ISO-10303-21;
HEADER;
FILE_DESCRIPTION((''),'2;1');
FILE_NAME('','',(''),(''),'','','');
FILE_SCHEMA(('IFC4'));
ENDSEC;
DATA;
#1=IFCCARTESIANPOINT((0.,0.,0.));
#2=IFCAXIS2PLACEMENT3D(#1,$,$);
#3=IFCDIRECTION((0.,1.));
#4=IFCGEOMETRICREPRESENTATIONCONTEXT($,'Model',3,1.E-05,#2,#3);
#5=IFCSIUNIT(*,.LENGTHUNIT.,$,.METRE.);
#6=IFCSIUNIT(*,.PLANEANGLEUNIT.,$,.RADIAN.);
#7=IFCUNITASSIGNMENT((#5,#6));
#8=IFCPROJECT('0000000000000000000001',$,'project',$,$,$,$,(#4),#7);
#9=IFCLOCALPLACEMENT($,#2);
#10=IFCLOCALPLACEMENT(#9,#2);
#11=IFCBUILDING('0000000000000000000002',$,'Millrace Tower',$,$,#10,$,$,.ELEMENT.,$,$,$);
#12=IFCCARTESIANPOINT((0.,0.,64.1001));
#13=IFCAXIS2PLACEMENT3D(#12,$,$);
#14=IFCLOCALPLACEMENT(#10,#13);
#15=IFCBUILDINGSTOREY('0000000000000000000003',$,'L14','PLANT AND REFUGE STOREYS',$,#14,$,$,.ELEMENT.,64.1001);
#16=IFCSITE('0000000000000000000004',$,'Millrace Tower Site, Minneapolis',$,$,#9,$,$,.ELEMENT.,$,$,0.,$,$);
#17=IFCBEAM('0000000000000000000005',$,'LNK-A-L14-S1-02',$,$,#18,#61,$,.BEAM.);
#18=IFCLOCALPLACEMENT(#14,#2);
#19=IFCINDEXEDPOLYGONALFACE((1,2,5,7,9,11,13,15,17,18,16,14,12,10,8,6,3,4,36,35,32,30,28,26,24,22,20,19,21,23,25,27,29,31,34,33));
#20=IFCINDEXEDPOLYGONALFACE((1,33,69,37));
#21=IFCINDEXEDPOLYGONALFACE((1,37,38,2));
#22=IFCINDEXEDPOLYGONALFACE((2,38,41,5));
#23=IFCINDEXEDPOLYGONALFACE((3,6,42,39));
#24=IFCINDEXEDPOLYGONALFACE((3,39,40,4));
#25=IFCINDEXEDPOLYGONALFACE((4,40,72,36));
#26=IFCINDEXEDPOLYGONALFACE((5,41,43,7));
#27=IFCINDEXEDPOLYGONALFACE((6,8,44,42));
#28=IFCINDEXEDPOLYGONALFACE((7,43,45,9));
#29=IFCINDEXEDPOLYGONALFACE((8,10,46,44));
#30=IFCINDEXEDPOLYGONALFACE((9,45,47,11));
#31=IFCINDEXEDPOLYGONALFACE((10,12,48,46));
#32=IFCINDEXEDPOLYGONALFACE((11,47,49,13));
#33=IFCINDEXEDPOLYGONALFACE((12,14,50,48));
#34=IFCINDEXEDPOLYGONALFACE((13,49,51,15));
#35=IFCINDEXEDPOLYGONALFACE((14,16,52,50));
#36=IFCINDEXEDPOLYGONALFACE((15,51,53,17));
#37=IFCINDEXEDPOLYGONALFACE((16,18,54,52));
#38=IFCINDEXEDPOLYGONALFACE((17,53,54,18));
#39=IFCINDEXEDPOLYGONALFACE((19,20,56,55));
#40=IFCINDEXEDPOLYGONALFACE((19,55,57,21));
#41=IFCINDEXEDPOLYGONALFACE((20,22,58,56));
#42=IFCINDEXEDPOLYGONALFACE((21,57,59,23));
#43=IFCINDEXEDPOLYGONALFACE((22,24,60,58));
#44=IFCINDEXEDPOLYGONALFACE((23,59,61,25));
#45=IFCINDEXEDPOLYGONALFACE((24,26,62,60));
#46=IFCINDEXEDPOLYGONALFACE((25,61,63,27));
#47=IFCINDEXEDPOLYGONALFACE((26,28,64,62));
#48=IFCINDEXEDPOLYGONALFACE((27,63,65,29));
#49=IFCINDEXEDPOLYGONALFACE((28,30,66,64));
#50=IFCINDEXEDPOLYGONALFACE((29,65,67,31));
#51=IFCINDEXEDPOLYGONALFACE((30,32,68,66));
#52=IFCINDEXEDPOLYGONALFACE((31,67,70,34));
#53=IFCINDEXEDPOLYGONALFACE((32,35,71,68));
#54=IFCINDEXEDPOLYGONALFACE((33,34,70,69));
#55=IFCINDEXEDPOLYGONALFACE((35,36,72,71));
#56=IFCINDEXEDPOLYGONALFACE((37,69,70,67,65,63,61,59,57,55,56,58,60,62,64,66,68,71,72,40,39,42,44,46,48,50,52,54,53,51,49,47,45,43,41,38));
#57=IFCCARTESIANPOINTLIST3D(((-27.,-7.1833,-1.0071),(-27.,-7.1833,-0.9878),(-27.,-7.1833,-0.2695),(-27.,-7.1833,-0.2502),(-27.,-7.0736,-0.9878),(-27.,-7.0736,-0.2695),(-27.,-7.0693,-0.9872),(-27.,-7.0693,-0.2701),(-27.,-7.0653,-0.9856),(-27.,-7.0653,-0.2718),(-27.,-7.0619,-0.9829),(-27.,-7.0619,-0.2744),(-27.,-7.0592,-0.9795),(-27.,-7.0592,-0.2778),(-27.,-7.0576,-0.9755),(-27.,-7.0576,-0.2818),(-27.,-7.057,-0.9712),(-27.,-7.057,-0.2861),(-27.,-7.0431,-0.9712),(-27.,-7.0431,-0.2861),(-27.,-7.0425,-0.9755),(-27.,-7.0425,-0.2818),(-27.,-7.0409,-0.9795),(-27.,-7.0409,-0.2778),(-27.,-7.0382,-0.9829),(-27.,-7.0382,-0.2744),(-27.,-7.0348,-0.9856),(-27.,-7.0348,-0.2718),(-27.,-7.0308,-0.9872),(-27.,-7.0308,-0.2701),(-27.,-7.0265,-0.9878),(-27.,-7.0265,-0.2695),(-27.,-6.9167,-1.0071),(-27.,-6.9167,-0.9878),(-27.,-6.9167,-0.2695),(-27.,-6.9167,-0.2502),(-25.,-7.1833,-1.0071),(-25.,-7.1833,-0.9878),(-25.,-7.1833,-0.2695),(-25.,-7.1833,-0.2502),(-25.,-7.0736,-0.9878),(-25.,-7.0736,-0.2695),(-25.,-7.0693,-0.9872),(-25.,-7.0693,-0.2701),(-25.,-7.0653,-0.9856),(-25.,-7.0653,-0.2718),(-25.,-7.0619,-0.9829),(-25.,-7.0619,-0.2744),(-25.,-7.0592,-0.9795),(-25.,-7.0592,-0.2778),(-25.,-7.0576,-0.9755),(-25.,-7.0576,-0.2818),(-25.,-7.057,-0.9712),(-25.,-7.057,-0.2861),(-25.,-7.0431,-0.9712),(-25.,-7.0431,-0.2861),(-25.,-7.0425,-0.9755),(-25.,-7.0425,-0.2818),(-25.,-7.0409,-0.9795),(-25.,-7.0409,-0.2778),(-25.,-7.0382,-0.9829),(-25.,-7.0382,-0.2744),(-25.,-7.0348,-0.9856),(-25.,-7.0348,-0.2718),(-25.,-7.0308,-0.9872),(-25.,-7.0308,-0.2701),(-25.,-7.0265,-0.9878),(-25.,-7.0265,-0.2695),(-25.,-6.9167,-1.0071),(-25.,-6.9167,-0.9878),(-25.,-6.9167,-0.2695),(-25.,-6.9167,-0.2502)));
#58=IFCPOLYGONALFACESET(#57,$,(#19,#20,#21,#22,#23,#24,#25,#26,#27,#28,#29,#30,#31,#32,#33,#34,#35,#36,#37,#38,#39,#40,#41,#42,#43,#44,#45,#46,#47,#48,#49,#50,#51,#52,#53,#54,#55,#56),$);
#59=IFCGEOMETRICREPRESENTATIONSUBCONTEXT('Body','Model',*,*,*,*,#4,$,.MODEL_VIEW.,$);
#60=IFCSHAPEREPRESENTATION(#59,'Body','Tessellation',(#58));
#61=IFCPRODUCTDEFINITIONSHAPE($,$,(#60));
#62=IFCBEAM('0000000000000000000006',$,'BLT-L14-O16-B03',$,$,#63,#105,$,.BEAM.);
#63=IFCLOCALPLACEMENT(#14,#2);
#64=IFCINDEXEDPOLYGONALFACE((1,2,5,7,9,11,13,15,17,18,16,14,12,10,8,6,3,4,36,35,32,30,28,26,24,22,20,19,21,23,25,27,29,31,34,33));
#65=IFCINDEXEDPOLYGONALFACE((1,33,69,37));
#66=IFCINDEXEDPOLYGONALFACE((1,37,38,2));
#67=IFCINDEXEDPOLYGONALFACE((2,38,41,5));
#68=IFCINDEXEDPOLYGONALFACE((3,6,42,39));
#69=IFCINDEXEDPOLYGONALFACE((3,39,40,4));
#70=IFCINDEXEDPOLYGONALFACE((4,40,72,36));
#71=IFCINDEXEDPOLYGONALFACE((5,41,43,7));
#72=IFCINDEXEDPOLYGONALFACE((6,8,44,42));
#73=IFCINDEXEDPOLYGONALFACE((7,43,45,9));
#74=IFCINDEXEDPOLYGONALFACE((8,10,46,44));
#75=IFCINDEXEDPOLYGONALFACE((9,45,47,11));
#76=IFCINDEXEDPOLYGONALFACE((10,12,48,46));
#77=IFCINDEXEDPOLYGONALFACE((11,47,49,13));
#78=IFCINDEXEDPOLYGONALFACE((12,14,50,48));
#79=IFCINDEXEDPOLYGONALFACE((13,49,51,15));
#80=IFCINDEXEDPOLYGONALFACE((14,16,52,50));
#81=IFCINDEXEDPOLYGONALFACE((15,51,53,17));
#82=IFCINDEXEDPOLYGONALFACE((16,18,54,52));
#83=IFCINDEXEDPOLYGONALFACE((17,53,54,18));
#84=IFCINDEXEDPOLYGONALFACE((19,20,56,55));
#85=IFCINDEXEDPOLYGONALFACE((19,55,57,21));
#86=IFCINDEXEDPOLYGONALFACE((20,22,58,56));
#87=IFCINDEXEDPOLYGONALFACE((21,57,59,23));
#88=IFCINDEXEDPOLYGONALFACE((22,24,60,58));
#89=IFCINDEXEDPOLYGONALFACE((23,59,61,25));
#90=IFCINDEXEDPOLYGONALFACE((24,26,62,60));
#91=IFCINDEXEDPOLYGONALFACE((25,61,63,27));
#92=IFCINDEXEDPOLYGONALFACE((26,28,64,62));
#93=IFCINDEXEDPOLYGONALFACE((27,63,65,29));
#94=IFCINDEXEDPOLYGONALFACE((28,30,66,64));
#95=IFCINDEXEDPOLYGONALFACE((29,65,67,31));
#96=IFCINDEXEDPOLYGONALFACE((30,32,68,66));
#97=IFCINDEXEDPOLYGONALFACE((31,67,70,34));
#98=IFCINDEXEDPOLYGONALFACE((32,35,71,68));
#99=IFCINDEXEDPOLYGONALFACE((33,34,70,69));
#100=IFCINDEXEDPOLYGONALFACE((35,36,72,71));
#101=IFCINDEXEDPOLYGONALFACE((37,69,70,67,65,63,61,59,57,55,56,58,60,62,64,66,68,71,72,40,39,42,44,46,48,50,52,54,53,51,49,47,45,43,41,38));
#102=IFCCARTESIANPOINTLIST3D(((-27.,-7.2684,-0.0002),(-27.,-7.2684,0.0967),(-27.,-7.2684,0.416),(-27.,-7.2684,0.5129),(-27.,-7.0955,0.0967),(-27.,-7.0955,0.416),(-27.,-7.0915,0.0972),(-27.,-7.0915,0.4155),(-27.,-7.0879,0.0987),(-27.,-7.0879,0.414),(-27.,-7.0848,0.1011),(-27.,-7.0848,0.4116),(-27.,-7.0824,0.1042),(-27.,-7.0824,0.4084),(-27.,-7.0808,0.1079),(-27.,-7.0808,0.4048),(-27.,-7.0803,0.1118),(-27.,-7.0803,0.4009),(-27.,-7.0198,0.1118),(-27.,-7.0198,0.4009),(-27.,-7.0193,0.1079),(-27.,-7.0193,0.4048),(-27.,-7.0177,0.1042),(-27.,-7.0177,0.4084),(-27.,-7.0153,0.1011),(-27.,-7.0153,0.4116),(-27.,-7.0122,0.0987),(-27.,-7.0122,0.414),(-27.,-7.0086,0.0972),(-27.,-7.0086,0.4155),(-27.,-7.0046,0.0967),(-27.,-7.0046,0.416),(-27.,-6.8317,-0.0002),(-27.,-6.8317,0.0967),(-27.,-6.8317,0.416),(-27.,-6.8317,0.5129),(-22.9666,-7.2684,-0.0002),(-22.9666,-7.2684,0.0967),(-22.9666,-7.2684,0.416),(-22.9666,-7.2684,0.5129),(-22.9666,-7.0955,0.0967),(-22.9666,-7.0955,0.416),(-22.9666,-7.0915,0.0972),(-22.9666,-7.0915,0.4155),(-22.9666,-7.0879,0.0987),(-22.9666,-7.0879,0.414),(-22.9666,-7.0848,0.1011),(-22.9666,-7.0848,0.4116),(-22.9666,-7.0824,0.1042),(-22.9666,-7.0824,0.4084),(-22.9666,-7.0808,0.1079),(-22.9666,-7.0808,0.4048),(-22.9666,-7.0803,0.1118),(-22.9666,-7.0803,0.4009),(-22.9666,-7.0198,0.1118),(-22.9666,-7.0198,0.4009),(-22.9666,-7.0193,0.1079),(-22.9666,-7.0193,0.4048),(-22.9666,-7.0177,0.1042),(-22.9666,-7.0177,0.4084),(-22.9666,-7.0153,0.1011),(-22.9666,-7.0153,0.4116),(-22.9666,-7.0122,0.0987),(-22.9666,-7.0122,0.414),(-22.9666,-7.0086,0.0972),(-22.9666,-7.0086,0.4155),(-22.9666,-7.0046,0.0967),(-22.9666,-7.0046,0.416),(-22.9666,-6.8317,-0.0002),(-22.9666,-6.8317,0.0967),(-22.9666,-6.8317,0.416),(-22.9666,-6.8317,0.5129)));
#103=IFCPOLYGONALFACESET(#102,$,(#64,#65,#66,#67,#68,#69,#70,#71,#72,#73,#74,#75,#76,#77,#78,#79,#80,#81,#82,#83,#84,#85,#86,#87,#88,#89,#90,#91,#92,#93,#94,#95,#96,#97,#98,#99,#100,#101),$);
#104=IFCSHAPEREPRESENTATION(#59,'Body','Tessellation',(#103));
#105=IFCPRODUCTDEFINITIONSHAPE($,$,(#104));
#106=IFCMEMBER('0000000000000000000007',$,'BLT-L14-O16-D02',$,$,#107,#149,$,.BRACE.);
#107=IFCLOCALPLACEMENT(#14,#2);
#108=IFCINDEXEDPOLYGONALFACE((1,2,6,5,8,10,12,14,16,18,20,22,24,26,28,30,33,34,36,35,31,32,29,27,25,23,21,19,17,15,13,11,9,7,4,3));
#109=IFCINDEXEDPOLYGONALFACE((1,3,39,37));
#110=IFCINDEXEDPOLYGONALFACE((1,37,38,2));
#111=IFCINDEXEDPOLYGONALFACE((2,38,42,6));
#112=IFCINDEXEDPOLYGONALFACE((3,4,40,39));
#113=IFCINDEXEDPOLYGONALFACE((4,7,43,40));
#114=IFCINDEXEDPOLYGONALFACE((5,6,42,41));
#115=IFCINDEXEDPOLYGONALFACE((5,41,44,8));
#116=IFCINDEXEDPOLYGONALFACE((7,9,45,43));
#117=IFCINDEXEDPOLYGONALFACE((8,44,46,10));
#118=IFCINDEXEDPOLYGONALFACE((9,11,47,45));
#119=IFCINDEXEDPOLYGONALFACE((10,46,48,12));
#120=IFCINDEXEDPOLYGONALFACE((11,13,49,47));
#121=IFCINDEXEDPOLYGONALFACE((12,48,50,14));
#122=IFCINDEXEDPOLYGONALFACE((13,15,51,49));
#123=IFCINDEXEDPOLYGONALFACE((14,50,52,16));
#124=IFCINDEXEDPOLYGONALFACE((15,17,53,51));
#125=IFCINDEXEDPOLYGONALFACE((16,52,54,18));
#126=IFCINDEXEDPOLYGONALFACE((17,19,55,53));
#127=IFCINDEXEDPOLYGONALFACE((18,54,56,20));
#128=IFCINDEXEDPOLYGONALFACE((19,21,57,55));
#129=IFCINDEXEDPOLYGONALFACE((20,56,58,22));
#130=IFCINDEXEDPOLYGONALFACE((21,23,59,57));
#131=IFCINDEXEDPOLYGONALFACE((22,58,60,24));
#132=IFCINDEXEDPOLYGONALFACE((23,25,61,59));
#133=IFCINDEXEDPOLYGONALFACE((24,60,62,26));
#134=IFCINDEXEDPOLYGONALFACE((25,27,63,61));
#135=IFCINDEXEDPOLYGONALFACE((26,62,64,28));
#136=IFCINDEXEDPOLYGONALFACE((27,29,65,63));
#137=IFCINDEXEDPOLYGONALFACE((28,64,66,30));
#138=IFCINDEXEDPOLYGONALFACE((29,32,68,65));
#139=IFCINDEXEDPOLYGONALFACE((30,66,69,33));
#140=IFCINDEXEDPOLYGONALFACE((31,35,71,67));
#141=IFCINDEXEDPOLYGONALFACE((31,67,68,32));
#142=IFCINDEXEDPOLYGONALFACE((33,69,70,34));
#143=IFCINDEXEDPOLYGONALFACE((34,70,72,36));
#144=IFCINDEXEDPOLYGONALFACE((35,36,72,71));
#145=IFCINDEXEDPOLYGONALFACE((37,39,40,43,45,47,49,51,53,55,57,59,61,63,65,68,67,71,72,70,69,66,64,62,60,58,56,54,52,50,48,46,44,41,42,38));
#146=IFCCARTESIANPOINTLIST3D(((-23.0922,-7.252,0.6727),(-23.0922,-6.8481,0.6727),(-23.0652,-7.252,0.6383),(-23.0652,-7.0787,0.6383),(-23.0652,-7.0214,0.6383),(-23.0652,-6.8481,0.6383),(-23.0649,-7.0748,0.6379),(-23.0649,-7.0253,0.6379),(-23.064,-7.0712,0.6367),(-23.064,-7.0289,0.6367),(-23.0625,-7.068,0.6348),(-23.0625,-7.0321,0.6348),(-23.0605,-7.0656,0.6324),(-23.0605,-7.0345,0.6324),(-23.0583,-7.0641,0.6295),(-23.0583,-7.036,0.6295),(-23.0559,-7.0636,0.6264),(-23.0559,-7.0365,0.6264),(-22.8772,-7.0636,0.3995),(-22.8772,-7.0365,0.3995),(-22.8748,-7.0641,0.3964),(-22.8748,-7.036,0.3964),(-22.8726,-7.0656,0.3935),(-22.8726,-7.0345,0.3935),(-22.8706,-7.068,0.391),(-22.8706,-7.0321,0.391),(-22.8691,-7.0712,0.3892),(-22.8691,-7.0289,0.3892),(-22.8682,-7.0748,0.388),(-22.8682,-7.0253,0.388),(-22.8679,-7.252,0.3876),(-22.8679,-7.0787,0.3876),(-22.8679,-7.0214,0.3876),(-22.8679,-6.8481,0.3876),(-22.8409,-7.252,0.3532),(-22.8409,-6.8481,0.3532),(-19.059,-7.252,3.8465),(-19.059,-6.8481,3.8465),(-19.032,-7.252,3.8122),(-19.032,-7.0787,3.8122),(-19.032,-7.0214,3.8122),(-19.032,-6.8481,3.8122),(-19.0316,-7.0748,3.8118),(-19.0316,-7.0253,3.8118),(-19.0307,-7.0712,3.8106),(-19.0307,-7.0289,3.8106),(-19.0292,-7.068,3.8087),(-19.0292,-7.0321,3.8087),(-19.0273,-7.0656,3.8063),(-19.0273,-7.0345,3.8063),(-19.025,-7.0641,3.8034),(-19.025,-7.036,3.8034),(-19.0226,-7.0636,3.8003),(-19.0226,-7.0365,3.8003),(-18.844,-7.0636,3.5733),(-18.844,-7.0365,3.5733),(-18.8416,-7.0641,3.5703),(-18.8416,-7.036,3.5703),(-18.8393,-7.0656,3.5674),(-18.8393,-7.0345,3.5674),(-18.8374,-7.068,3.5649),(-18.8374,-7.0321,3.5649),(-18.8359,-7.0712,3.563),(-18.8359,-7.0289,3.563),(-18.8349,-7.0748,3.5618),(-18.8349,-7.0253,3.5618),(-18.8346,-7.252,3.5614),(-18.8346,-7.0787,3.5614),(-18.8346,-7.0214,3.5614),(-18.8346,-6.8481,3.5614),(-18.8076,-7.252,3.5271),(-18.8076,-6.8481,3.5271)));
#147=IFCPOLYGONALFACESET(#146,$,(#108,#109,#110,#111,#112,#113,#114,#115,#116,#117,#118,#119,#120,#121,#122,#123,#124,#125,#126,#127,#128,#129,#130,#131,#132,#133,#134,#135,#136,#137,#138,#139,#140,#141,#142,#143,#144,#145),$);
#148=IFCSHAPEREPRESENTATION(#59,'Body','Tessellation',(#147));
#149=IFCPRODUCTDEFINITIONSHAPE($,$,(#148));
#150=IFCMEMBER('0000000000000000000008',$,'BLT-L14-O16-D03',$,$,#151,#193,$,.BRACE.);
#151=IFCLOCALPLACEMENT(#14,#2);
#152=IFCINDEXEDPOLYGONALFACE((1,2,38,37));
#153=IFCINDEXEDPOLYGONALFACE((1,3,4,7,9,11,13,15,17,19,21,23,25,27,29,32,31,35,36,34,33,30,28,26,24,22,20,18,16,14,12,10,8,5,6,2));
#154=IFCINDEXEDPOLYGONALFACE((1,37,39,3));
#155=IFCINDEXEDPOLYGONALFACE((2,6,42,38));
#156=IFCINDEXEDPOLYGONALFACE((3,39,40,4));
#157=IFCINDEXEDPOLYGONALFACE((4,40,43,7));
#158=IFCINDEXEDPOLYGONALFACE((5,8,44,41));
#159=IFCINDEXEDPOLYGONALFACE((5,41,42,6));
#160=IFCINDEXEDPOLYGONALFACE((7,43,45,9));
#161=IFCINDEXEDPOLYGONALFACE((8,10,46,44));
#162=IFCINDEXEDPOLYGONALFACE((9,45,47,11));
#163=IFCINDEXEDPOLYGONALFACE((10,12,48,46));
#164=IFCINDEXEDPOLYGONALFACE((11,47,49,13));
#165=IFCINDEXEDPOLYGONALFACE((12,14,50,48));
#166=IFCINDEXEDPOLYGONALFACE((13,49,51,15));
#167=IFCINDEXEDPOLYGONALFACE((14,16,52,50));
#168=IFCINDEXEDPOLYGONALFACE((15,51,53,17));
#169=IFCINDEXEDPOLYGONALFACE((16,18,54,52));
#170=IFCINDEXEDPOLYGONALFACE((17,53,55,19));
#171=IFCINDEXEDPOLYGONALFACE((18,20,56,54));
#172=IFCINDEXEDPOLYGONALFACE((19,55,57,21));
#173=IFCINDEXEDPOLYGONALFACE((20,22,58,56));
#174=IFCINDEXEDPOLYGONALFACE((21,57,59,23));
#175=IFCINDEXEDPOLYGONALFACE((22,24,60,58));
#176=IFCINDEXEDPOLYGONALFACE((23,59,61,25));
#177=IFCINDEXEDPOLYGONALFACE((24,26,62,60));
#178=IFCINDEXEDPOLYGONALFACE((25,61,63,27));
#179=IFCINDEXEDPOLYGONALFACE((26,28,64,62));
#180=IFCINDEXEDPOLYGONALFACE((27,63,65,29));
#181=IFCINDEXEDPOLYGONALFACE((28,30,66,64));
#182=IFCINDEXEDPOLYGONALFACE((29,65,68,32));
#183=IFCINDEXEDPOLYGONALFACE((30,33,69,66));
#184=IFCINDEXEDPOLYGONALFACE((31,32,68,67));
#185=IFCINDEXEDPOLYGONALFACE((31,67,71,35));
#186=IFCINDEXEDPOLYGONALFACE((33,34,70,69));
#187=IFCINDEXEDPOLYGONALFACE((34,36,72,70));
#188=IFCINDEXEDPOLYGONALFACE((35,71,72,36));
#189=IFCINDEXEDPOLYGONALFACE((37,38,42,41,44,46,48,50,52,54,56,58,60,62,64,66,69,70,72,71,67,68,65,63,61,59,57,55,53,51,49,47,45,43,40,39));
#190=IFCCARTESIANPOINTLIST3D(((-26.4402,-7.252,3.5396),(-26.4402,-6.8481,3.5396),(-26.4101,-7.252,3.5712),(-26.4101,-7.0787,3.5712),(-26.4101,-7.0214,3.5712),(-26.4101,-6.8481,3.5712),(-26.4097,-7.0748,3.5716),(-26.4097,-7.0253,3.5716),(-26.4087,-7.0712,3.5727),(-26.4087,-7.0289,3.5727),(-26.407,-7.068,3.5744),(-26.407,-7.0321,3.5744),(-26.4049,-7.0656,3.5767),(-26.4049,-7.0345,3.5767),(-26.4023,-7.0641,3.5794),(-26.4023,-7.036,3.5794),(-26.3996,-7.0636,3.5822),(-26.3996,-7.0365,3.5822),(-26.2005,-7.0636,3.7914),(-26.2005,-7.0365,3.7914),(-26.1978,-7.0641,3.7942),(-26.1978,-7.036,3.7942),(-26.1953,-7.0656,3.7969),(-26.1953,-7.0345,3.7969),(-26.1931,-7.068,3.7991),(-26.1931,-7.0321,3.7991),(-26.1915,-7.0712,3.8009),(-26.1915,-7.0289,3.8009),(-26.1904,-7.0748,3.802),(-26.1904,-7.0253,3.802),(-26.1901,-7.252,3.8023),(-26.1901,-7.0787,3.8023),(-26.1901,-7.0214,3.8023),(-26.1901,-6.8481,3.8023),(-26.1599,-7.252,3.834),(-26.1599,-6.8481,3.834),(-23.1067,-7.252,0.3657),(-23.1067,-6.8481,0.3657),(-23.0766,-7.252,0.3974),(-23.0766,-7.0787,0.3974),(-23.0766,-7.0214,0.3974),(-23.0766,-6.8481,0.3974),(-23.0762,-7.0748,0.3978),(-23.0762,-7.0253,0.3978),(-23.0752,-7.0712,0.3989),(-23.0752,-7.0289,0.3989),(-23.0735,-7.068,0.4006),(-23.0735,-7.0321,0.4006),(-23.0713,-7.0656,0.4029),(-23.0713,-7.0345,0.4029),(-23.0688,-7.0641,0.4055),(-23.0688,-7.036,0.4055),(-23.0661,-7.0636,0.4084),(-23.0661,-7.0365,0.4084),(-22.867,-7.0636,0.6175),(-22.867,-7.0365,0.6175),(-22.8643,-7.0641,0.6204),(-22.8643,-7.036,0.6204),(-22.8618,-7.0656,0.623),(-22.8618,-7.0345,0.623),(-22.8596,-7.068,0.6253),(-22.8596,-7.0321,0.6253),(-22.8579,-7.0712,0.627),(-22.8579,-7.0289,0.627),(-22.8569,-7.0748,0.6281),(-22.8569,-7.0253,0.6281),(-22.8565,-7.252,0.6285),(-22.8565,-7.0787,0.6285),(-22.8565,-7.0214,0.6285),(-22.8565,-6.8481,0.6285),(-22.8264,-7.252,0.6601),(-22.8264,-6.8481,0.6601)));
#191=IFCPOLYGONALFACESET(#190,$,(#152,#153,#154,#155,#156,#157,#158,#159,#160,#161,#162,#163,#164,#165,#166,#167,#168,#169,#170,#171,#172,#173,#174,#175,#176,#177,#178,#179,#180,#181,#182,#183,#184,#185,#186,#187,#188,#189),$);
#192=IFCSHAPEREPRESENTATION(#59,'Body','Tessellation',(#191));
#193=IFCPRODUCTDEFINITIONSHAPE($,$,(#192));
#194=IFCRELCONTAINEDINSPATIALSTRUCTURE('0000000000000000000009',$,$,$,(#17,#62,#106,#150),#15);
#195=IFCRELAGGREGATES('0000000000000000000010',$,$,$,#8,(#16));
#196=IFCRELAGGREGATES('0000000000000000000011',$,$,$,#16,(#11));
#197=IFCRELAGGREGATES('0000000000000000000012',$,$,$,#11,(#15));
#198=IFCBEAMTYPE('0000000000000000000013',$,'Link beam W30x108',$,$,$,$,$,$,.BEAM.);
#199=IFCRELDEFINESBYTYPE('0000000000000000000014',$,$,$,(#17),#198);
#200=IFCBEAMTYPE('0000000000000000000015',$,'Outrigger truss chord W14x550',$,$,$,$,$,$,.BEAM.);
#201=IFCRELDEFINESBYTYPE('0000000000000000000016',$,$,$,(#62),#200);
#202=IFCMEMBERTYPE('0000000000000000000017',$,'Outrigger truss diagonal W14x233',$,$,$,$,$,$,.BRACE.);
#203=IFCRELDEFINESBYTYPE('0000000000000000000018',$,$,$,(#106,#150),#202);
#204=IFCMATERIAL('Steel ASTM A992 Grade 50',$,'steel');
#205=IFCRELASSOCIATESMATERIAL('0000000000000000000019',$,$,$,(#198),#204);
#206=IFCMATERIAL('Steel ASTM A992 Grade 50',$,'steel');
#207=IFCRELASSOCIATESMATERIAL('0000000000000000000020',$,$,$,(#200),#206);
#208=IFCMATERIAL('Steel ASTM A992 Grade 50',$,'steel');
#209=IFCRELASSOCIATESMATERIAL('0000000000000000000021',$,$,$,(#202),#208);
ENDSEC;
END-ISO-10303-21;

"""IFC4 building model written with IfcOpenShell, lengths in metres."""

from ifc_helpers import new_model, si_unit, direction, frame, origin, origin_2d, place, context, subcontext, project, spatial, i_section, extrude, material, material_profile, profile_set, type_object, element, save


model = new_model("IFC4")

# Units and contexts
model_context = context("Model", 3, precision=1e-05, world=origin(), true_north=direction((0.0, 1.0)))
body_context = subcontext(model_context, "Body", "Model", "MODEL_VIEW")
ifc_project = project(units=[si_unit("LENGTHUNIT", "METRE"), si_unit("PLANEANGLEUNIT", "RADIAN")], contexts=[model_context])

# Site, building, storey
site_placement = place(None, origin())
site = spatial("IfcSite", under=ifc_project, at=site_placement, Name="Millrace Tower Site, Minneapolis", CompositionType="ELEMENT", RefElevation=0.0)
building_placement = place(site_placement, origin())
building = spatial("IfcBuilding", under=site, at=building_placement, Name="Millrace Tower", CompositionType="ELEMENT")
storey_placement = place(building_placement, frame((0.0, 0.0, 64.1001)))
storey = spatial("IfcBuildingStorey", under=building, at=storey_placement, Name="L14", Description="PLANT AND REFUGE STOREYS", CompositionType="ELEMENT", Elevation=64.1001)

# Beams
ifc_material_1 = material(Name="Steel ASTM A992 Grade 50", Category="steel")
ifc_material_profile_1 = material_profile(ifc_material_1, i_section(OverallWidth=0.2666, OverallDepth=0.7568, WebThickness=0.0139, FlangeThickness=0.0193, FilletRadius=0.0166, at=origin_2d()))
ifc_profile_set_1 = profile_set([ifc_material_profile_1], Name="Steel ASTM A992 Grade 50")
beam_type_1 = type_object("IfcBeamType", Name="Link beam W30x108", PredefinedType="BEAM", material=ifc_profile_set_1)
beam_1_placement = place(storey_placement, frame((-25.0, -7.05, -0.6287), z_axis=(-1.0, 0.0, 0.0), x_axis=(0.0, -1.0, 0.0)))
element("IfcBeam", 1, at=beam_1_placement, inside=storey, type_object=beam_type_1, Name="LNK-A-L14-S1-02", PredefinedType="BEAM", context=body_context, shape_type="SweptSolid", body=[
    extrude(i_section(OverallWidth=0.2666, OverallDepth=0.7568, WebThickness=0.0139, FlangeThickness=0.0193, FilletRadius=0.0166, at=origin_2d()), origin(), (0.0, 0.0, 1.0), 2.0),
])
ifc_material_2 = material(Name="Steel ASTM A992 Grade 50", Category="steel")
ifc_material_profile_2 = material_profile(ifc_material_2, i_section(OverallWidth=0.4368, OverallDepth=0.5132, WebThickness=0.0605, FlangeThickness=0.0969, FilletRadius=0.0151, at=origin_2d()))
ifc_profile_set_2 = profile_set([ifc_material_profile_2], Name="Steel ASTM A992 Grade 50")
beam_type_2 = type_object("IfcBeamType", Name="Outrigger truss chord W14x550", PredefinedType="BEAM", material=ifc_profile_set_2)
beam_2_placement = place(storey_placement, frame((-22.9666, -7.05, 0.2563), z_axis=(-1.0, 0.0, 0.0), x_axis=(0.0, -1.0, 0.0)))
element("IfcBeam", 2, at=beam_2_placement, inside=storey, type_object=beam_type_2, Name="BLT-L14-O16-B03", PredefinedType="BEAM", context=body_context, shape_type="SweptSolid", body=[
    extrude(i_section(OverallWidth=0.4368, OverallDepth=0.5132, WebThickness=0.0605, FlangeThickness=0.0969, FilletRadius=0.0151, at=origin_2d()), origin(), (0.0, 0.0, 1.0), 4.0334),
])

# Members
ifc_material_3 = material(Name="Steel ASTM A992 Grade 50", Category="steel")
ifc_material_profile_3 = material_profile(ifc_material_3, i_section(OverallWidth=0.4038, OverallDepth=0.4065, WebThickness=0.0271, FlangeThickness=0.0437, FilletRadius=0.0151, at=origin_2d()))
ifc_profile_set_3 = profile_set([ifc_material_profile_3], Name="Steel ASTM A992 Grade 50")
member_type_1 = type_object("IfcMemberType", Name="Outrigger truss diagonal W14x233", PredefinedType="BRACE", material=ifc_profile_set_3)
member_1_placement = place(storey_placement, frame((-22.9666, -7.05, 0.5129), z_axis=(0.785856, 0.0, 0.61841), x_axis=(0.0, 1.0, 0.0)))
element("IfcMember", 3, at=member_1_placement, inside=storey, type_object=member_type_1, Name="BLT-L14-O16-D02", PredefinedType="BRACE", context=body_context, shape_type="SweptSolid", body=[
    extrude(i_section(OverallWidth=0.4038, OverallDepth=0.4065, WebThickness=0.0271, FlangeThickness=0.0437, FilletRadius=0.0151, at=origin_2d()), origin(), (0.0, 0.0, 1.0), 5.1323),
])
member_2_placement = place(storey_placement, frame((-22.9666, -7.05, 0.5129), z_axis=(-0.724239, 0.0, 0.689549), x_axis=(0.0, -1.0, 0.0)))
element("IfcMember", 4, at=member_2_placement, inside=storey, type_object=member_type_1, Name="BLT-L14-O16-D03", PredefinedType="BRACE", context=body_context, shape_type="SweptSolid", body=[
    extrude(i_section(OverallWidth=0.4038, OverallDepth=0.4065, WebThickness=0.0271, FlangeThickness=0.0437, FilletRadius=0.0151, at=origin_2d()), origin(), (0.0, 0.0, 1.0), 4.6028),
])

save(model, "model.ifc")
